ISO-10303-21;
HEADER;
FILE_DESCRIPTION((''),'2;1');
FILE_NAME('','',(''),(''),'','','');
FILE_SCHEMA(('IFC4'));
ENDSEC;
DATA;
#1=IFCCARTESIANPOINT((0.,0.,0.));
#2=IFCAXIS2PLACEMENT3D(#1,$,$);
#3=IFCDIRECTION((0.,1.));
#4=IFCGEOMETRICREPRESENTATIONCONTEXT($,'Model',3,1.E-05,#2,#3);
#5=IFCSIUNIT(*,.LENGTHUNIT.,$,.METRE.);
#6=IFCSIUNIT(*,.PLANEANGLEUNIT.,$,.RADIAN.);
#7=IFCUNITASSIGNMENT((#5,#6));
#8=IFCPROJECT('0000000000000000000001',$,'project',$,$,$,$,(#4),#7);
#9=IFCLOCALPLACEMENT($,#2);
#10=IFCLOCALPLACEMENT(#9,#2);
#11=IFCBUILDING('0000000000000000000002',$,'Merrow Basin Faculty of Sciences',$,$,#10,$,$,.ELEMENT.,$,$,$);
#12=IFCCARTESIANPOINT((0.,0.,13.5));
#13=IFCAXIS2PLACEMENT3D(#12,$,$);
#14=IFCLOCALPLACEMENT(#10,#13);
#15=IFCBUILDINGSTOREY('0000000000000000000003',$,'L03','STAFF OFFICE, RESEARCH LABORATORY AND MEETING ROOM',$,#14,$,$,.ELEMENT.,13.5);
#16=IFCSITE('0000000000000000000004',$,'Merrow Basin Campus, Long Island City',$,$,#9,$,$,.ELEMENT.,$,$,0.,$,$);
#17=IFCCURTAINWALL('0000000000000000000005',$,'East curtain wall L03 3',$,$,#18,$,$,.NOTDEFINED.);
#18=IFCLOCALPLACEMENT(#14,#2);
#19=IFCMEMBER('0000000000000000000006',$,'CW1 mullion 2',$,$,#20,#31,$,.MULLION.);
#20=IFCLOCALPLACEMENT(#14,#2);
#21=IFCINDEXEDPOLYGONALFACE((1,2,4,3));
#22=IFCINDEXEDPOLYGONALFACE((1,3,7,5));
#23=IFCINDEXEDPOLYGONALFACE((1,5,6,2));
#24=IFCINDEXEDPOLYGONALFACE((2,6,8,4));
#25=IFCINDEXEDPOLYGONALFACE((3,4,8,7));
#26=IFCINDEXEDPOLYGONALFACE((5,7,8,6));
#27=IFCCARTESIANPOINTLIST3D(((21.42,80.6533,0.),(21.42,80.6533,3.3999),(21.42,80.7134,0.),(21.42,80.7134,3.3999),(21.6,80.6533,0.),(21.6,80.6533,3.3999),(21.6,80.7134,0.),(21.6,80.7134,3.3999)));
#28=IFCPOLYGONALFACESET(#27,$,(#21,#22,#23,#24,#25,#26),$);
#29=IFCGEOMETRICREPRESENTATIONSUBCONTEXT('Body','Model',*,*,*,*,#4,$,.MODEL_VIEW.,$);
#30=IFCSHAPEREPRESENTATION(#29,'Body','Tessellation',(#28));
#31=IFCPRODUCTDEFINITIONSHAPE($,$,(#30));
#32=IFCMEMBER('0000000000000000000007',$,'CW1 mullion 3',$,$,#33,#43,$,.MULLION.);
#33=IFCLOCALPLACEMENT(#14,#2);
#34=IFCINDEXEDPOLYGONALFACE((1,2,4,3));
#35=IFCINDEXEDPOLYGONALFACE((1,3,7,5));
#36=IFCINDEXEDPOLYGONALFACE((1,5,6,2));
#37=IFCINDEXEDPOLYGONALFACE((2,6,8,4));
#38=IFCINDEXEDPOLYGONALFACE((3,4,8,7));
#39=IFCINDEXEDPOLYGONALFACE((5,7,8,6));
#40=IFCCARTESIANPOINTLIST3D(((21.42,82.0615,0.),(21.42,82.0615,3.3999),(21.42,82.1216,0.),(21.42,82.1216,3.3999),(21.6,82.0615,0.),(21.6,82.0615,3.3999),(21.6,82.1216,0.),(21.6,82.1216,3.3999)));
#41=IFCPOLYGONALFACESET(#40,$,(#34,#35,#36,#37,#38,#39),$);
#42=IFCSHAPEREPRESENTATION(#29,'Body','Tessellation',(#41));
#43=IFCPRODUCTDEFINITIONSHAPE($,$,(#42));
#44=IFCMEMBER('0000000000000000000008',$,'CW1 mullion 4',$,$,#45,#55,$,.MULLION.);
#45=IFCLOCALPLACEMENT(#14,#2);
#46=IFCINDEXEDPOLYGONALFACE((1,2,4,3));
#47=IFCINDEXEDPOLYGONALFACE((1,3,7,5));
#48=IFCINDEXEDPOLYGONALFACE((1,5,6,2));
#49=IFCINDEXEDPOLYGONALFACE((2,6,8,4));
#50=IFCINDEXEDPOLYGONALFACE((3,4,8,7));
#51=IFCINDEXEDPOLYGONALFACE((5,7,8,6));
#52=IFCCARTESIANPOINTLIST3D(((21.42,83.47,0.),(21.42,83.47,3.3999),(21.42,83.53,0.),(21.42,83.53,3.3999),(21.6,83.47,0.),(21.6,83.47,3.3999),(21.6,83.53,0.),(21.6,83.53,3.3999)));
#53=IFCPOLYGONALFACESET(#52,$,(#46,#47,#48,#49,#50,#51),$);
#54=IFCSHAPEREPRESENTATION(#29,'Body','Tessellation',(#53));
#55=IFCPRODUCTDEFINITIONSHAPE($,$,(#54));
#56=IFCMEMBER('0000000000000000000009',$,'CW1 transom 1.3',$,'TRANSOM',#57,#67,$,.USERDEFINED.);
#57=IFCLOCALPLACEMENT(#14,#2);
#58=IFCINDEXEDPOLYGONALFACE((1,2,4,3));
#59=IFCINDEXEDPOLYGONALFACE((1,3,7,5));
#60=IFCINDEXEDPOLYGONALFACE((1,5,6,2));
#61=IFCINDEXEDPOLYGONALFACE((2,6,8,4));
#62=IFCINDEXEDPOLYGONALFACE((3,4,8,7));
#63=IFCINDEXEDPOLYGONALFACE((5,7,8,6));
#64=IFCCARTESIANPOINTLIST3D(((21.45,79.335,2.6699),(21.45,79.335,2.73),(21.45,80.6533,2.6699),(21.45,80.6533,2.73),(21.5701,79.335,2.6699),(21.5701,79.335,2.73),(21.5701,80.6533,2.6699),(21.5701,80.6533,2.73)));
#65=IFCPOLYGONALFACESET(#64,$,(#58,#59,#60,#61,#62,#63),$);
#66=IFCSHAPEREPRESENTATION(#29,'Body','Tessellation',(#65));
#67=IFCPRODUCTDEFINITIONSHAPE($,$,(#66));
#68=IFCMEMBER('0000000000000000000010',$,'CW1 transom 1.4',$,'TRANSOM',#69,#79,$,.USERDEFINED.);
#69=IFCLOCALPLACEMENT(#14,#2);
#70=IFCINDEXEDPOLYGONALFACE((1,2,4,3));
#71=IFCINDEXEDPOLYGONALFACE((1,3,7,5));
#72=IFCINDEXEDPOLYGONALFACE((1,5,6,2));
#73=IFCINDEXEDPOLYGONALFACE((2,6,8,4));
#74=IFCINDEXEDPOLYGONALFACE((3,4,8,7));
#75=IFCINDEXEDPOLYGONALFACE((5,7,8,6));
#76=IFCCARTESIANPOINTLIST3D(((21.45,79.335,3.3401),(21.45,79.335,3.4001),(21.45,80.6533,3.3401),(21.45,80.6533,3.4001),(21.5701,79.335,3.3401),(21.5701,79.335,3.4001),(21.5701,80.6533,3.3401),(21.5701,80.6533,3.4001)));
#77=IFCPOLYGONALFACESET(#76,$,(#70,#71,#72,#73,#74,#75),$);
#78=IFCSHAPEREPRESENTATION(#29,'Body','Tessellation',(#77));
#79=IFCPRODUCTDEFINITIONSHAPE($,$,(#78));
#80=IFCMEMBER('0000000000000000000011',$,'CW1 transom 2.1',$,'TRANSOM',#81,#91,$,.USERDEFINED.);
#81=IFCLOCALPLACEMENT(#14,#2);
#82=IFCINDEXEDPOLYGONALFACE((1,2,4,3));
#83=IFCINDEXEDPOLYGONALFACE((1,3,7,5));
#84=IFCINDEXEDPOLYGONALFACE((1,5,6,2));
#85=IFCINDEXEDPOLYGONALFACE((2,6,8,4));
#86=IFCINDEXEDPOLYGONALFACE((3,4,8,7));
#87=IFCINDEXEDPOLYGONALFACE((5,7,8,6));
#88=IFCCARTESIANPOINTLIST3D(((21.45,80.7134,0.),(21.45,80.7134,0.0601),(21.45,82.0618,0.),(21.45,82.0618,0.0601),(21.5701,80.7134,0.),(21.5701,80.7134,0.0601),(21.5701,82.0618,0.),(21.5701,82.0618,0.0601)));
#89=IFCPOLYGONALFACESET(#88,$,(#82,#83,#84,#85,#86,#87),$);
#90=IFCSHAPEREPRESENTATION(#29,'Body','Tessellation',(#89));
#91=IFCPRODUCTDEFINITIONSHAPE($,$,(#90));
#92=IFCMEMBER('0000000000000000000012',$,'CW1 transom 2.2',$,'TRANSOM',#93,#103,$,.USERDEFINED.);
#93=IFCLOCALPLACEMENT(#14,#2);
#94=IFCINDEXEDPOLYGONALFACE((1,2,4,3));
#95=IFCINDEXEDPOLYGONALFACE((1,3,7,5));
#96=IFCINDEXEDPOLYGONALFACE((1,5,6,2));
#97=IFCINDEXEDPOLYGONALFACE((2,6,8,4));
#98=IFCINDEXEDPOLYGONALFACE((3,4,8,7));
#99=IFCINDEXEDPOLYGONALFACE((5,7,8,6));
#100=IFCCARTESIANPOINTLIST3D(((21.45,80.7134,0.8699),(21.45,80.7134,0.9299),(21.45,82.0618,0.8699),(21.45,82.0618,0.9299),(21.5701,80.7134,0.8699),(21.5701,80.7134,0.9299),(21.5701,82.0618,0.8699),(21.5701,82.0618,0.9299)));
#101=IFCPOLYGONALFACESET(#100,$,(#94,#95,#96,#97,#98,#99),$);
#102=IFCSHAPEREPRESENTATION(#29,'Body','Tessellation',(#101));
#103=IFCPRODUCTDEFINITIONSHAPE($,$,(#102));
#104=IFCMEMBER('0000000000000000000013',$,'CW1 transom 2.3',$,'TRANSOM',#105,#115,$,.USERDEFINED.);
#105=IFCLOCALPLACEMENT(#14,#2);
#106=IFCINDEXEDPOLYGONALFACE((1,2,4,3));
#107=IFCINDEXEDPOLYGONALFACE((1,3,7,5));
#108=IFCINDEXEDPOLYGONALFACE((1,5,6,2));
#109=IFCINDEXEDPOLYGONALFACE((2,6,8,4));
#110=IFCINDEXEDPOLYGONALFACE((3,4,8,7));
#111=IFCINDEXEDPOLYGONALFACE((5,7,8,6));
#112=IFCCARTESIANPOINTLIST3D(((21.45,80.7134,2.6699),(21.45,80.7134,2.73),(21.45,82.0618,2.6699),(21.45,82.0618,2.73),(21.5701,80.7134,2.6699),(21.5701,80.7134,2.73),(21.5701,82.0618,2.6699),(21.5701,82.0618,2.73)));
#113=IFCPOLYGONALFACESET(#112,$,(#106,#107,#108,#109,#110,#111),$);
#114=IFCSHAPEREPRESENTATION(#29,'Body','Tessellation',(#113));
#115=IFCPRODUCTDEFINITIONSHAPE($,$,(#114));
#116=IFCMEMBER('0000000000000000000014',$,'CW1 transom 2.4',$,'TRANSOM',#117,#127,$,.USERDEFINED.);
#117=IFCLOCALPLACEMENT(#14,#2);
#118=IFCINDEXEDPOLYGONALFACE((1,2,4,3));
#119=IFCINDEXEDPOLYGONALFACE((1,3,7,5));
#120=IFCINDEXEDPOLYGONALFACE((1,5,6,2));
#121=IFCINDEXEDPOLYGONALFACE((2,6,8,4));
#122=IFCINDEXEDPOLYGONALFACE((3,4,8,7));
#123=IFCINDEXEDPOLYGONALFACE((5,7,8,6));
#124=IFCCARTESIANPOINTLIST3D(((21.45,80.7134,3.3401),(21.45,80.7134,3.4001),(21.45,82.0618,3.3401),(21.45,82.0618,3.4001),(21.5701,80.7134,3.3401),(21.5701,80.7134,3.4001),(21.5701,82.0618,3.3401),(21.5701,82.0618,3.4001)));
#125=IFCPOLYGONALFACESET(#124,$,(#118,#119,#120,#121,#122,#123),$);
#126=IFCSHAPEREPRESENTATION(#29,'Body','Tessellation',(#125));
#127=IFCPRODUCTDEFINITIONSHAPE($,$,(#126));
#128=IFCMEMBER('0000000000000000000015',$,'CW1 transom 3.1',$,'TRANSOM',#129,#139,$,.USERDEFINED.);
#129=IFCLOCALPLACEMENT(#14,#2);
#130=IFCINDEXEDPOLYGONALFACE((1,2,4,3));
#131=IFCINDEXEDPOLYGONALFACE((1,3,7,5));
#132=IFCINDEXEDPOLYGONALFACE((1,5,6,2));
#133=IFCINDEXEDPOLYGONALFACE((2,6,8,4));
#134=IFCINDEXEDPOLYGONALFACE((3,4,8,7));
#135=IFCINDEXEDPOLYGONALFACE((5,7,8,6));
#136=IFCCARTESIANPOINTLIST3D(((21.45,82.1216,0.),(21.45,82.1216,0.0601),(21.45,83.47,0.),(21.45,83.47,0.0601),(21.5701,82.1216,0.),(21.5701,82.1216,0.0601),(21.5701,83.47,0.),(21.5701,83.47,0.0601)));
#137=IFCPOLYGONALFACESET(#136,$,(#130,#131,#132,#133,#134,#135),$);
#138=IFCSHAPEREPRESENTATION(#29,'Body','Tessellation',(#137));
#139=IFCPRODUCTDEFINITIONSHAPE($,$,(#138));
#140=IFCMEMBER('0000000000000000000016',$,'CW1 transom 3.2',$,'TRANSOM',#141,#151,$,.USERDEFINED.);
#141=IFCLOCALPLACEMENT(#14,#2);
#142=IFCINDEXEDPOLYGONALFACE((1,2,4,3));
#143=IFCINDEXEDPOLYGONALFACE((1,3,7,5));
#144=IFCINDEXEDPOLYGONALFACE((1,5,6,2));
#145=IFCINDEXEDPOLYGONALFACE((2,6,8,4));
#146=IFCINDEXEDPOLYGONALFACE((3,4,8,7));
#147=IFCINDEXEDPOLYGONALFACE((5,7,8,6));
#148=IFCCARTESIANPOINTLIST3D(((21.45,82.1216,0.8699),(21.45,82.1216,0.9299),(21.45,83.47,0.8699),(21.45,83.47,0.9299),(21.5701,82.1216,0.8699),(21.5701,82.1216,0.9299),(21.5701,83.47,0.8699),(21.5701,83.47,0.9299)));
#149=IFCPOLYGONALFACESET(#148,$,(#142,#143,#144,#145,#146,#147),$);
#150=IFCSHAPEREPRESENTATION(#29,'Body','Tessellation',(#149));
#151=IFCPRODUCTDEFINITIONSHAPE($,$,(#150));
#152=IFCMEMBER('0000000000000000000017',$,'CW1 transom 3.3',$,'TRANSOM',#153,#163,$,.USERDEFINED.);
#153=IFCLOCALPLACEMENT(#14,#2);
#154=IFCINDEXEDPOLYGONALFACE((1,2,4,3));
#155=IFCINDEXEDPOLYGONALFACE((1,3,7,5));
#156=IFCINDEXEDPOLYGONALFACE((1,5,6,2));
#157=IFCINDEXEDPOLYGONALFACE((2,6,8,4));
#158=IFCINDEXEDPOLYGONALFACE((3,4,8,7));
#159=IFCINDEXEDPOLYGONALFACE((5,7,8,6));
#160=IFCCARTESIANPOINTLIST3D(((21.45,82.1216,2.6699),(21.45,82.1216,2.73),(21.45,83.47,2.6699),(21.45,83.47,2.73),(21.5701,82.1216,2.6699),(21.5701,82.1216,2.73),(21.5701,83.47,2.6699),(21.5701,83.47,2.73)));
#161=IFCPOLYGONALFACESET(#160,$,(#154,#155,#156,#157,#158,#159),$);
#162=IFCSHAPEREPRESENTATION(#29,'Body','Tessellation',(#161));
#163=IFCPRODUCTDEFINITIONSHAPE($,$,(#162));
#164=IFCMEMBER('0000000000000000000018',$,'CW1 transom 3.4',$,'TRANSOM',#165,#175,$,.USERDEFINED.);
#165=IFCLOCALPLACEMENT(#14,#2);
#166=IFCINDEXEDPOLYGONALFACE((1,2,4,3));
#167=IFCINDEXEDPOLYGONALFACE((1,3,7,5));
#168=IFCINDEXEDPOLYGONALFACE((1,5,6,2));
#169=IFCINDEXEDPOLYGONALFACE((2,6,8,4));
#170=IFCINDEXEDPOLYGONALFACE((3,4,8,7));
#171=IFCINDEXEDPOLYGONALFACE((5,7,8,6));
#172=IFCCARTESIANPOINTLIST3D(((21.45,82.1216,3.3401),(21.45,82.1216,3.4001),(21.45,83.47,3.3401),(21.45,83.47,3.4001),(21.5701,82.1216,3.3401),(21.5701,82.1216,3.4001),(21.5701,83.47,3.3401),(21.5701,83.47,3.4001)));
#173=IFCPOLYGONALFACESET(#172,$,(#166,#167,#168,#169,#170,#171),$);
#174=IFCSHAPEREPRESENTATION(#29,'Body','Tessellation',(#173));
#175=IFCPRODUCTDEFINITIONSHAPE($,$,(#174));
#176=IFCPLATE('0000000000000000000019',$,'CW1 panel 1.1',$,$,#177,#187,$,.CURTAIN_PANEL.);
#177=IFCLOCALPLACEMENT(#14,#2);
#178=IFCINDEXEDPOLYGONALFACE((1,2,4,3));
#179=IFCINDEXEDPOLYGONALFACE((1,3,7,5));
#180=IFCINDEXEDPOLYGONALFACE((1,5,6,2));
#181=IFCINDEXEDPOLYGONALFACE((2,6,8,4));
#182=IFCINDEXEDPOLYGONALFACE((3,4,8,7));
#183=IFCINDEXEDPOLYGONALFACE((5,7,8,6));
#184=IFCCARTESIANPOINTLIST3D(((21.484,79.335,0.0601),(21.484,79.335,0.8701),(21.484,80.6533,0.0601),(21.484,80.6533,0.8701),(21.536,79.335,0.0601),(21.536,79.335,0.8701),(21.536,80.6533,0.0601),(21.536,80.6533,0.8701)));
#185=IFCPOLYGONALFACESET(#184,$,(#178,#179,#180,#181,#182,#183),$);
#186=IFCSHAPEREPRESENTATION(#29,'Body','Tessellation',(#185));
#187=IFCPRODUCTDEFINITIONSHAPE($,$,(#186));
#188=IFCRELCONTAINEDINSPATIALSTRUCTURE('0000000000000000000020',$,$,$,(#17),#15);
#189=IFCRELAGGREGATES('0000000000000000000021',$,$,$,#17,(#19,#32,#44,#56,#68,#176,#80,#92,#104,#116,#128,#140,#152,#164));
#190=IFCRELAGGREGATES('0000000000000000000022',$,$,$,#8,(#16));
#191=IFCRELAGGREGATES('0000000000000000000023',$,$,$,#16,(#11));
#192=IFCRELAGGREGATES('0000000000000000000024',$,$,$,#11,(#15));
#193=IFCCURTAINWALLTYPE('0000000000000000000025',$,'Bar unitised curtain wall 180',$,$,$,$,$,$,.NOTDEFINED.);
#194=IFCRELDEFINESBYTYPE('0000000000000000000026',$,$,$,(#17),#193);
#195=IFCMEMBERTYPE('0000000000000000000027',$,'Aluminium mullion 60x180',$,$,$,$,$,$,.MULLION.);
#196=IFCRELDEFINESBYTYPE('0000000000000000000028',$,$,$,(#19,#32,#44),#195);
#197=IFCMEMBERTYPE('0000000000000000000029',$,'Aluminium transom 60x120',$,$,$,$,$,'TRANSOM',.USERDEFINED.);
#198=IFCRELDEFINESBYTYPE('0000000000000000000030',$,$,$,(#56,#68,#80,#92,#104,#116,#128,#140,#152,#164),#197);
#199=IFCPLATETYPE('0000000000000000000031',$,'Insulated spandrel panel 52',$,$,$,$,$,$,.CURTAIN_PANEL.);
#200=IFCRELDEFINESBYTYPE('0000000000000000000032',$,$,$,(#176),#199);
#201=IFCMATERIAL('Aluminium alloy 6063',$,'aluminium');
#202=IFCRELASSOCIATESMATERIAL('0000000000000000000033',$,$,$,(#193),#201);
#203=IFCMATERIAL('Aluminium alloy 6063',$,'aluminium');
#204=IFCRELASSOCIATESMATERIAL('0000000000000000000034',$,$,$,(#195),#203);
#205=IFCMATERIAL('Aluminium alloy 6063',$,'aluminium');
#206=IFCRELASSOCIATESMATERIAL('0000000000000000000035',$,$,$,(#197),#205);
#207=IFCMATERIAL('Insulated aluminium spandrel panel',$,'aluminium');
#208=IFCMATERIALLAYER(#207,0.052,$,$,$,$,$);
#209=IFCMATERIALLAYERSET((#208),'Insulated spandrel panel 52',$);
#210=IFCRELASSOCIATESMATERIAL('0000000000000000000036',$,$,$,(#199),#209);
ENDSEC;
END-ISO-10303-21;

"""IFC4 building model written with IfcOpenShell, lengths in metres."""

from ifc_helpers import new_model, si_unit, direction, frame, origin, origin_2d, place, context, subcontext, project, spatial, rectangle, extrude, material, layer, layer_set, material_profile, profile_set, type_object, element, aggregate, save


model = new_model("IFC4")

# Units and contexts
model_context = context("Model", 3, precision=1e-05, world=origin(), true_north=direction((0.0, 1.0)))
body_context = subcontext(model_context, "Body", "Model", "MODEL_VIEW")
ifc_project = project(units=[si_unit("LENGTHUNIT", "METRE"), si_unit("PLANEANGLEUNIT", "RADIAN")], contexts=[model_context])

# Site, building, storey
site_placement = place(None, origin())
site = spatial("IfcSite", under=ifc_project, at=site_placement, Name="Merrow Basin Campus, Long Island City", CompositionType="ELEMENT", RefElevation=0.0)
building_placement = place(site_placement, origin())
building = spatial("IfcBuilding", under=site, at=building_placement, Name="Merrow Basin Faculty of Sciences", CompositionType="ELEMENT")
storey_placement = place(building_placement, frame((0.0, 0.0, 13.5)))
storey = spatial("IfcBuildingStorey", under=building, at=storey_placement, Name="L03", Description="STAFF OFFICE, RESEARCH LABORATORY AND MEETING ROOM", CompositionType="ELEMENT", Elevation=13.5)

# Curtain wall, members, plate
ifc_material_1 = material(Name="Aluminium alloy 6063", Category="aluminium")
curtain_wall_type = type_object("IfcCurtainWallType", Name="Bar unitised curtain wall 180", PredefinedType="NOTDEFINED", material=ifc_material_1)
curtain_wall_placement = place(storey_placement, origin())
curtain_wall = element("IfcCurtainWall", 1, at=curtain_wall_placement, inside=storey, type_object=curtain_wall_type, Name="East curtain wall L03 3", PredefinedType="NOTDEFINED")
ifc_material_2 = material(Name="Aluminium alloy 6063", Category="aluminium")
ifc_material_profile_1 = material_profile(ifc_material_2, rectangle(XDim=0.1799, YDim=0.0601, at=origin_2d()))
ifc_profile_set_1 = profile_set([ifc_material_profile_1], Name="Aluminium alloy 6063")
member_type_1 = type_object("IfcMemberType", Name="Aluminium mullion 60x180", PredefinedType="MULLION", material=ifc_profile_set_1)
member_1_placement = place(storey_placement, frame((21.51, 80.6833, 0.0), z_axis=(0.0, 0.0, 1.0), x_axis=(-1.0, 0.0, 0.0)))
member_1 = element("IfcMember", 2, at=member_1_placement, type_object=member_type_1, Name="CW1 mullion 2", PredefinedType="MULLION", context=body_context, shape_type="SweptSolid", body=[
    extrude(rectangle(XDim=0.1799, YDim=0.0601, at=origin_2d()), origin(), (0.0, 0.0, 1.0), 3.3999),
])
member_2_placement = place(storey_placement, frame((21.51, 82.0916, 0.0), z_axis=(0.0, 0.0, 1.0), x_axis=(-1.0, 0.0, 0.0)))
member_2 = element("IfcMember", 3, at=member_2_placement, type_object=member_type_1, Name="CW1 mullion 3", PredefinedType="MULLION", context=body_context, shape_type="SweptSolid", body=[
    extrude(rectangle(XDim=0.1799, YDim=0.0601, at=origin_2d()), origin(), (0.0, 0.0, 1.0), 3.3999),
])
member_3_placement = place(storey_placement, frame((21.51, 83.5, 0.0), z_axis=(0.0, 0.0, 1.0), x_axis=(-1.0, 0.0, 0.0)))
member_3 = element("IfcMember", 4, at=member_3_placement, type_object=member_type_1, Name="CW1 mullion 4", PredefinedType="MULLION", context=body_context, shape_type="SweptSolid", body=[
    extrude(rectangle(XDim=0.1799, YDim=0.0601, at=origin_2d()), origin(), (0.0, 0.0, 1.0), 3.3999),
])
ifc_material_3 = material(Name="Aluminium alloy 6063", Category="aluminium")
ifc_material_profile_2 = material_profile(ifc_material_3, rectangle(XDim=0.1201, YDim=0.0601, at=origin_2d()))
ifc_profile_set_2 = profile_set([ifc_material_profile_2], Name="Aluminium alloy 6063")
member_type_2 = type_object("IfcMemberType", Name="Aluminium transom 60x120", ElementType="TRANSOM", PredefinedType="USERDEFINED", material=ifc_profile_set_2)
member_4_placement = place(storey_placement, frame((21.51, 79.335, 2.7), z_axis=(0.0, 1.0, 0.0), x_axis=(-1.0, 0.0, 0.0)))
member_4 = element("IfcMember", 5, at=member_4_placement, type_object=member_type_2, Name="CW1 transom 1.3", ObjectType="TRANSOM", PredefinedType="USERDEFINED", context=body_context, shape_type="SweptSolid", body=[
    extrude(rectangle(XDim=0.1201, YDim=0.0601, at=origin_2d()), origin(), (0.0, 0.0, 1.0), 1.3184),
])
member_5_placement = place(storey_placement, frame((21.51, 79.335, 3.3701), z_axis=(0.0, 1.0, 0.0), x_axis=(-1.0, 0.0, 0.0)))
member_5 = element("IfcMember", 6, at=member_5_placement, type_object=member_type_2, Name="CW1 transom 1.4", ObjectType="TRANSOM", PredefinedType="USERDEFINED", context=body_context, shape_type="SweptSolid", body=[
    extrude(rectangle(XDim=0.1201, YDim=0.0601, at=origin_2d()), origin(), (0.0, 0.0, 1.0), 1.3184),
])
member_6_placement = place(storey_placement, frame((21.51, 80.7134, 0.03), z_axis=(0.0, 1.0, 0.0), x_axis=(-1.0, 0.0, 0.0)))
member_6 = element("IfcMember", 7, at=member_6_placement, type_object=member_type_2, Name="CW1 transom 2.1", ObjectType="TRANSOM", PredefinedType="USERDEFINED", context=body_context, shape_type="SweptSolid", body=[
    extrude(rectangle(XDim=0.1201, YDim=0.0601, at=origin_2d()), origin(), (0.0, 0.0, 1.0), 1.3484),
])
member_7_placement = place(storey_placement, frame((21.51, 80.7134, 0.8999), z_axis=(0.0, 1.0, 0.0), x_axis=(-1.0, 0.0, 0.0)))
member_7 = element("IfcMember", 8, at=member_7_placement, type_object=member_type_2, Name="CW1 transom 2.2", ObjectType="TRANSOM", PredefinedType="USERDEFINED", context=body_context, shape_type="SweptSolid", body=[
    extrude(rectangle(XDim=0.1201, YDim=0.0601, at=origin_2d()), origin(), (0.0, 0.0, 1.0), 1.3484),
])
member_8_placement = place(storey_placement, frame((21.51, 80.7134, 2.7), z_axis=(0.0, 1.0, 0.0), x_axis=(-1.0, 0.0, 0.0)))
member_8 = element("IfcMember", 9, at=member_8_placement, type_object=member_type_2, Name="CW1 transom 2.3", ObjectType="TRANSOM", PredefinedType="USERDEFINED", context=body_context, shape_type="SweptSolid", body=[
    extrude(rectangle(XDim=0.1201, YDim=0.0601, at=origin_2d()), origin(), (0.0, 0.0, 1.0), 1.3484),
])
member_9_placement = place(storey_placement, frame((21.51, 80.7134, 3.3701), z_axis=(0.0, 1.0, 0.0), x_axis=(-1.0, 0.0, 0.0)))
member_9 = element("IfcMember", 10, at=member_9_placement, type_object=member_type_2, Name="CW1 transom 2.4", ObjectType="TRANSOM", PredefinedType="USERDEFINED", context=body_context, shape_type="SweptSolid", body=[
    extrude(rectangle(XDim=0.1201, YDim=0.0601, at=origin_2d()), origin(), (0.0, 0.0, 1.0), 1.3484),
])
member_10_placement = place(storey_placement, frame((21.51, 82.1216, 0.03), z_axis=(0.0, 1.0, 0.0), x_axis=(-1.0, 0.0, 0.0)))
member_10 = element("IfcMember", 11, at=member_10_placement, type_object=member_type_2, Name="CW1 transom 3.1", ObjectType="TRANSOM", PredefinedType="USERDEFINED", context=body_context, shape_type="SweptSolid", body=[
    extrude(rectangle(XDim=0.1201, YDim=0.0601, at=origin_2d()), origin(), (0.0, 0.0, 1.0), 1.3484),
])
member_11_placement = place(storey_placement, frame((21.51, 82.1216, 0.8999), z_axis=(0.0, 1.0, 0.0), x_axis=(-1.0, 0.0, 0.0)))
member_11 = element("IfcMember", 12, at=member_11_placement, type_object=member_type_2, Name="CW1 transom 3.2", ObjectType="TRANSOM", PredefinedType="USERDEFINED", context=body_context, shape_type="SweptSolid", body=[
    extrude(rectangle(XDim=0.1201, YDim=0.0601, at=origin_2d()), origin(), (0.0, 0.0, 1.0), 1.3484),
])
member_12_placement = place(storey_placement, frame((21.51, 82.1216, 2.7), z_axis=(0.0, 1.0, 0.0), x_axis=(-1.0, 0.0, 0.0)))
member_12 = element("IfcMember", 13, at=member_12_placement, type_object=member_type_2, Name="CW1 transom 3.3", ObjectType="TRANSOM", PredefinedType="USERDEFINED", context=body_context, shape_type="SweptSolid", body=[
    extrude(rectangle(XDim=0.1201, YDim=0.0601, at=origin_2d()), origin(), (0.0, 0.0, 1.0), 1.3484),
])
member_13_placement = place(storey_placement, frame((21.51, 82.1216, 3.3701), z_axis=(0.0, 1.0, 0.0), x_axis=(-1.0, 0.0, 0.0)))
member_13 = element("IfcMember", 14, at=member_13_placement, type_object=member_type_2, Name="CW1 transom 3.4", ObjectType="TRANSOM", PredefinedType="USERDEFINED", context=body_context, shape_type="SweptSolid", body=[
    extrude(rectangle(XDim=0.1201, YDim=0.0601, at=origin_2d()), origin(), (0.0, 0.0, 1.0), 1.3484),
])
ifc_material_4 = material(Name="Insulated aluminium spandrel panel", Category="aluminium")
ifc_layer_1 = layer(ifc_material_4, 0.052)
ifc_layer_set_1 = layer_set([ifc_layer_1], Name="Insulated spandrel panel 52")
plate_type_1 = type_object("IfcPlateType", Name="Insulated spandrel panel 52", PredefinedType="CURTAIN_PANEL", material=ifc_layer_set_1)
plate_1_placement = place(storey_placement, frame((21.51, 79.9941, 0.0601), z_axis=(0.0, 0.0, 1.0), x_axis=(0.0, 1.0, 0.0)))
plate_1 = element("IfcPlate", 15, at=plate_1_placement, type_object=plate_type_1, Name="CW1 panel 1.1", PredefinedType="CURTAIN_PANEL", context=body_context, shape_type="SweptSolid", body=[
    extrude(rectangle(XDim=1.3184, YDim=0.052, at=origin_2d()), origin(), (0.0, 0.0, 1.0), 0.8101),
])
aggregate(curtain_wall, [member_1, member_2, member_3, member_4, member_5, plate_1, member_6, member_7, member_8, member_9, member_10, member_11, member_12, member_13])

save(model, "model.ifc")
